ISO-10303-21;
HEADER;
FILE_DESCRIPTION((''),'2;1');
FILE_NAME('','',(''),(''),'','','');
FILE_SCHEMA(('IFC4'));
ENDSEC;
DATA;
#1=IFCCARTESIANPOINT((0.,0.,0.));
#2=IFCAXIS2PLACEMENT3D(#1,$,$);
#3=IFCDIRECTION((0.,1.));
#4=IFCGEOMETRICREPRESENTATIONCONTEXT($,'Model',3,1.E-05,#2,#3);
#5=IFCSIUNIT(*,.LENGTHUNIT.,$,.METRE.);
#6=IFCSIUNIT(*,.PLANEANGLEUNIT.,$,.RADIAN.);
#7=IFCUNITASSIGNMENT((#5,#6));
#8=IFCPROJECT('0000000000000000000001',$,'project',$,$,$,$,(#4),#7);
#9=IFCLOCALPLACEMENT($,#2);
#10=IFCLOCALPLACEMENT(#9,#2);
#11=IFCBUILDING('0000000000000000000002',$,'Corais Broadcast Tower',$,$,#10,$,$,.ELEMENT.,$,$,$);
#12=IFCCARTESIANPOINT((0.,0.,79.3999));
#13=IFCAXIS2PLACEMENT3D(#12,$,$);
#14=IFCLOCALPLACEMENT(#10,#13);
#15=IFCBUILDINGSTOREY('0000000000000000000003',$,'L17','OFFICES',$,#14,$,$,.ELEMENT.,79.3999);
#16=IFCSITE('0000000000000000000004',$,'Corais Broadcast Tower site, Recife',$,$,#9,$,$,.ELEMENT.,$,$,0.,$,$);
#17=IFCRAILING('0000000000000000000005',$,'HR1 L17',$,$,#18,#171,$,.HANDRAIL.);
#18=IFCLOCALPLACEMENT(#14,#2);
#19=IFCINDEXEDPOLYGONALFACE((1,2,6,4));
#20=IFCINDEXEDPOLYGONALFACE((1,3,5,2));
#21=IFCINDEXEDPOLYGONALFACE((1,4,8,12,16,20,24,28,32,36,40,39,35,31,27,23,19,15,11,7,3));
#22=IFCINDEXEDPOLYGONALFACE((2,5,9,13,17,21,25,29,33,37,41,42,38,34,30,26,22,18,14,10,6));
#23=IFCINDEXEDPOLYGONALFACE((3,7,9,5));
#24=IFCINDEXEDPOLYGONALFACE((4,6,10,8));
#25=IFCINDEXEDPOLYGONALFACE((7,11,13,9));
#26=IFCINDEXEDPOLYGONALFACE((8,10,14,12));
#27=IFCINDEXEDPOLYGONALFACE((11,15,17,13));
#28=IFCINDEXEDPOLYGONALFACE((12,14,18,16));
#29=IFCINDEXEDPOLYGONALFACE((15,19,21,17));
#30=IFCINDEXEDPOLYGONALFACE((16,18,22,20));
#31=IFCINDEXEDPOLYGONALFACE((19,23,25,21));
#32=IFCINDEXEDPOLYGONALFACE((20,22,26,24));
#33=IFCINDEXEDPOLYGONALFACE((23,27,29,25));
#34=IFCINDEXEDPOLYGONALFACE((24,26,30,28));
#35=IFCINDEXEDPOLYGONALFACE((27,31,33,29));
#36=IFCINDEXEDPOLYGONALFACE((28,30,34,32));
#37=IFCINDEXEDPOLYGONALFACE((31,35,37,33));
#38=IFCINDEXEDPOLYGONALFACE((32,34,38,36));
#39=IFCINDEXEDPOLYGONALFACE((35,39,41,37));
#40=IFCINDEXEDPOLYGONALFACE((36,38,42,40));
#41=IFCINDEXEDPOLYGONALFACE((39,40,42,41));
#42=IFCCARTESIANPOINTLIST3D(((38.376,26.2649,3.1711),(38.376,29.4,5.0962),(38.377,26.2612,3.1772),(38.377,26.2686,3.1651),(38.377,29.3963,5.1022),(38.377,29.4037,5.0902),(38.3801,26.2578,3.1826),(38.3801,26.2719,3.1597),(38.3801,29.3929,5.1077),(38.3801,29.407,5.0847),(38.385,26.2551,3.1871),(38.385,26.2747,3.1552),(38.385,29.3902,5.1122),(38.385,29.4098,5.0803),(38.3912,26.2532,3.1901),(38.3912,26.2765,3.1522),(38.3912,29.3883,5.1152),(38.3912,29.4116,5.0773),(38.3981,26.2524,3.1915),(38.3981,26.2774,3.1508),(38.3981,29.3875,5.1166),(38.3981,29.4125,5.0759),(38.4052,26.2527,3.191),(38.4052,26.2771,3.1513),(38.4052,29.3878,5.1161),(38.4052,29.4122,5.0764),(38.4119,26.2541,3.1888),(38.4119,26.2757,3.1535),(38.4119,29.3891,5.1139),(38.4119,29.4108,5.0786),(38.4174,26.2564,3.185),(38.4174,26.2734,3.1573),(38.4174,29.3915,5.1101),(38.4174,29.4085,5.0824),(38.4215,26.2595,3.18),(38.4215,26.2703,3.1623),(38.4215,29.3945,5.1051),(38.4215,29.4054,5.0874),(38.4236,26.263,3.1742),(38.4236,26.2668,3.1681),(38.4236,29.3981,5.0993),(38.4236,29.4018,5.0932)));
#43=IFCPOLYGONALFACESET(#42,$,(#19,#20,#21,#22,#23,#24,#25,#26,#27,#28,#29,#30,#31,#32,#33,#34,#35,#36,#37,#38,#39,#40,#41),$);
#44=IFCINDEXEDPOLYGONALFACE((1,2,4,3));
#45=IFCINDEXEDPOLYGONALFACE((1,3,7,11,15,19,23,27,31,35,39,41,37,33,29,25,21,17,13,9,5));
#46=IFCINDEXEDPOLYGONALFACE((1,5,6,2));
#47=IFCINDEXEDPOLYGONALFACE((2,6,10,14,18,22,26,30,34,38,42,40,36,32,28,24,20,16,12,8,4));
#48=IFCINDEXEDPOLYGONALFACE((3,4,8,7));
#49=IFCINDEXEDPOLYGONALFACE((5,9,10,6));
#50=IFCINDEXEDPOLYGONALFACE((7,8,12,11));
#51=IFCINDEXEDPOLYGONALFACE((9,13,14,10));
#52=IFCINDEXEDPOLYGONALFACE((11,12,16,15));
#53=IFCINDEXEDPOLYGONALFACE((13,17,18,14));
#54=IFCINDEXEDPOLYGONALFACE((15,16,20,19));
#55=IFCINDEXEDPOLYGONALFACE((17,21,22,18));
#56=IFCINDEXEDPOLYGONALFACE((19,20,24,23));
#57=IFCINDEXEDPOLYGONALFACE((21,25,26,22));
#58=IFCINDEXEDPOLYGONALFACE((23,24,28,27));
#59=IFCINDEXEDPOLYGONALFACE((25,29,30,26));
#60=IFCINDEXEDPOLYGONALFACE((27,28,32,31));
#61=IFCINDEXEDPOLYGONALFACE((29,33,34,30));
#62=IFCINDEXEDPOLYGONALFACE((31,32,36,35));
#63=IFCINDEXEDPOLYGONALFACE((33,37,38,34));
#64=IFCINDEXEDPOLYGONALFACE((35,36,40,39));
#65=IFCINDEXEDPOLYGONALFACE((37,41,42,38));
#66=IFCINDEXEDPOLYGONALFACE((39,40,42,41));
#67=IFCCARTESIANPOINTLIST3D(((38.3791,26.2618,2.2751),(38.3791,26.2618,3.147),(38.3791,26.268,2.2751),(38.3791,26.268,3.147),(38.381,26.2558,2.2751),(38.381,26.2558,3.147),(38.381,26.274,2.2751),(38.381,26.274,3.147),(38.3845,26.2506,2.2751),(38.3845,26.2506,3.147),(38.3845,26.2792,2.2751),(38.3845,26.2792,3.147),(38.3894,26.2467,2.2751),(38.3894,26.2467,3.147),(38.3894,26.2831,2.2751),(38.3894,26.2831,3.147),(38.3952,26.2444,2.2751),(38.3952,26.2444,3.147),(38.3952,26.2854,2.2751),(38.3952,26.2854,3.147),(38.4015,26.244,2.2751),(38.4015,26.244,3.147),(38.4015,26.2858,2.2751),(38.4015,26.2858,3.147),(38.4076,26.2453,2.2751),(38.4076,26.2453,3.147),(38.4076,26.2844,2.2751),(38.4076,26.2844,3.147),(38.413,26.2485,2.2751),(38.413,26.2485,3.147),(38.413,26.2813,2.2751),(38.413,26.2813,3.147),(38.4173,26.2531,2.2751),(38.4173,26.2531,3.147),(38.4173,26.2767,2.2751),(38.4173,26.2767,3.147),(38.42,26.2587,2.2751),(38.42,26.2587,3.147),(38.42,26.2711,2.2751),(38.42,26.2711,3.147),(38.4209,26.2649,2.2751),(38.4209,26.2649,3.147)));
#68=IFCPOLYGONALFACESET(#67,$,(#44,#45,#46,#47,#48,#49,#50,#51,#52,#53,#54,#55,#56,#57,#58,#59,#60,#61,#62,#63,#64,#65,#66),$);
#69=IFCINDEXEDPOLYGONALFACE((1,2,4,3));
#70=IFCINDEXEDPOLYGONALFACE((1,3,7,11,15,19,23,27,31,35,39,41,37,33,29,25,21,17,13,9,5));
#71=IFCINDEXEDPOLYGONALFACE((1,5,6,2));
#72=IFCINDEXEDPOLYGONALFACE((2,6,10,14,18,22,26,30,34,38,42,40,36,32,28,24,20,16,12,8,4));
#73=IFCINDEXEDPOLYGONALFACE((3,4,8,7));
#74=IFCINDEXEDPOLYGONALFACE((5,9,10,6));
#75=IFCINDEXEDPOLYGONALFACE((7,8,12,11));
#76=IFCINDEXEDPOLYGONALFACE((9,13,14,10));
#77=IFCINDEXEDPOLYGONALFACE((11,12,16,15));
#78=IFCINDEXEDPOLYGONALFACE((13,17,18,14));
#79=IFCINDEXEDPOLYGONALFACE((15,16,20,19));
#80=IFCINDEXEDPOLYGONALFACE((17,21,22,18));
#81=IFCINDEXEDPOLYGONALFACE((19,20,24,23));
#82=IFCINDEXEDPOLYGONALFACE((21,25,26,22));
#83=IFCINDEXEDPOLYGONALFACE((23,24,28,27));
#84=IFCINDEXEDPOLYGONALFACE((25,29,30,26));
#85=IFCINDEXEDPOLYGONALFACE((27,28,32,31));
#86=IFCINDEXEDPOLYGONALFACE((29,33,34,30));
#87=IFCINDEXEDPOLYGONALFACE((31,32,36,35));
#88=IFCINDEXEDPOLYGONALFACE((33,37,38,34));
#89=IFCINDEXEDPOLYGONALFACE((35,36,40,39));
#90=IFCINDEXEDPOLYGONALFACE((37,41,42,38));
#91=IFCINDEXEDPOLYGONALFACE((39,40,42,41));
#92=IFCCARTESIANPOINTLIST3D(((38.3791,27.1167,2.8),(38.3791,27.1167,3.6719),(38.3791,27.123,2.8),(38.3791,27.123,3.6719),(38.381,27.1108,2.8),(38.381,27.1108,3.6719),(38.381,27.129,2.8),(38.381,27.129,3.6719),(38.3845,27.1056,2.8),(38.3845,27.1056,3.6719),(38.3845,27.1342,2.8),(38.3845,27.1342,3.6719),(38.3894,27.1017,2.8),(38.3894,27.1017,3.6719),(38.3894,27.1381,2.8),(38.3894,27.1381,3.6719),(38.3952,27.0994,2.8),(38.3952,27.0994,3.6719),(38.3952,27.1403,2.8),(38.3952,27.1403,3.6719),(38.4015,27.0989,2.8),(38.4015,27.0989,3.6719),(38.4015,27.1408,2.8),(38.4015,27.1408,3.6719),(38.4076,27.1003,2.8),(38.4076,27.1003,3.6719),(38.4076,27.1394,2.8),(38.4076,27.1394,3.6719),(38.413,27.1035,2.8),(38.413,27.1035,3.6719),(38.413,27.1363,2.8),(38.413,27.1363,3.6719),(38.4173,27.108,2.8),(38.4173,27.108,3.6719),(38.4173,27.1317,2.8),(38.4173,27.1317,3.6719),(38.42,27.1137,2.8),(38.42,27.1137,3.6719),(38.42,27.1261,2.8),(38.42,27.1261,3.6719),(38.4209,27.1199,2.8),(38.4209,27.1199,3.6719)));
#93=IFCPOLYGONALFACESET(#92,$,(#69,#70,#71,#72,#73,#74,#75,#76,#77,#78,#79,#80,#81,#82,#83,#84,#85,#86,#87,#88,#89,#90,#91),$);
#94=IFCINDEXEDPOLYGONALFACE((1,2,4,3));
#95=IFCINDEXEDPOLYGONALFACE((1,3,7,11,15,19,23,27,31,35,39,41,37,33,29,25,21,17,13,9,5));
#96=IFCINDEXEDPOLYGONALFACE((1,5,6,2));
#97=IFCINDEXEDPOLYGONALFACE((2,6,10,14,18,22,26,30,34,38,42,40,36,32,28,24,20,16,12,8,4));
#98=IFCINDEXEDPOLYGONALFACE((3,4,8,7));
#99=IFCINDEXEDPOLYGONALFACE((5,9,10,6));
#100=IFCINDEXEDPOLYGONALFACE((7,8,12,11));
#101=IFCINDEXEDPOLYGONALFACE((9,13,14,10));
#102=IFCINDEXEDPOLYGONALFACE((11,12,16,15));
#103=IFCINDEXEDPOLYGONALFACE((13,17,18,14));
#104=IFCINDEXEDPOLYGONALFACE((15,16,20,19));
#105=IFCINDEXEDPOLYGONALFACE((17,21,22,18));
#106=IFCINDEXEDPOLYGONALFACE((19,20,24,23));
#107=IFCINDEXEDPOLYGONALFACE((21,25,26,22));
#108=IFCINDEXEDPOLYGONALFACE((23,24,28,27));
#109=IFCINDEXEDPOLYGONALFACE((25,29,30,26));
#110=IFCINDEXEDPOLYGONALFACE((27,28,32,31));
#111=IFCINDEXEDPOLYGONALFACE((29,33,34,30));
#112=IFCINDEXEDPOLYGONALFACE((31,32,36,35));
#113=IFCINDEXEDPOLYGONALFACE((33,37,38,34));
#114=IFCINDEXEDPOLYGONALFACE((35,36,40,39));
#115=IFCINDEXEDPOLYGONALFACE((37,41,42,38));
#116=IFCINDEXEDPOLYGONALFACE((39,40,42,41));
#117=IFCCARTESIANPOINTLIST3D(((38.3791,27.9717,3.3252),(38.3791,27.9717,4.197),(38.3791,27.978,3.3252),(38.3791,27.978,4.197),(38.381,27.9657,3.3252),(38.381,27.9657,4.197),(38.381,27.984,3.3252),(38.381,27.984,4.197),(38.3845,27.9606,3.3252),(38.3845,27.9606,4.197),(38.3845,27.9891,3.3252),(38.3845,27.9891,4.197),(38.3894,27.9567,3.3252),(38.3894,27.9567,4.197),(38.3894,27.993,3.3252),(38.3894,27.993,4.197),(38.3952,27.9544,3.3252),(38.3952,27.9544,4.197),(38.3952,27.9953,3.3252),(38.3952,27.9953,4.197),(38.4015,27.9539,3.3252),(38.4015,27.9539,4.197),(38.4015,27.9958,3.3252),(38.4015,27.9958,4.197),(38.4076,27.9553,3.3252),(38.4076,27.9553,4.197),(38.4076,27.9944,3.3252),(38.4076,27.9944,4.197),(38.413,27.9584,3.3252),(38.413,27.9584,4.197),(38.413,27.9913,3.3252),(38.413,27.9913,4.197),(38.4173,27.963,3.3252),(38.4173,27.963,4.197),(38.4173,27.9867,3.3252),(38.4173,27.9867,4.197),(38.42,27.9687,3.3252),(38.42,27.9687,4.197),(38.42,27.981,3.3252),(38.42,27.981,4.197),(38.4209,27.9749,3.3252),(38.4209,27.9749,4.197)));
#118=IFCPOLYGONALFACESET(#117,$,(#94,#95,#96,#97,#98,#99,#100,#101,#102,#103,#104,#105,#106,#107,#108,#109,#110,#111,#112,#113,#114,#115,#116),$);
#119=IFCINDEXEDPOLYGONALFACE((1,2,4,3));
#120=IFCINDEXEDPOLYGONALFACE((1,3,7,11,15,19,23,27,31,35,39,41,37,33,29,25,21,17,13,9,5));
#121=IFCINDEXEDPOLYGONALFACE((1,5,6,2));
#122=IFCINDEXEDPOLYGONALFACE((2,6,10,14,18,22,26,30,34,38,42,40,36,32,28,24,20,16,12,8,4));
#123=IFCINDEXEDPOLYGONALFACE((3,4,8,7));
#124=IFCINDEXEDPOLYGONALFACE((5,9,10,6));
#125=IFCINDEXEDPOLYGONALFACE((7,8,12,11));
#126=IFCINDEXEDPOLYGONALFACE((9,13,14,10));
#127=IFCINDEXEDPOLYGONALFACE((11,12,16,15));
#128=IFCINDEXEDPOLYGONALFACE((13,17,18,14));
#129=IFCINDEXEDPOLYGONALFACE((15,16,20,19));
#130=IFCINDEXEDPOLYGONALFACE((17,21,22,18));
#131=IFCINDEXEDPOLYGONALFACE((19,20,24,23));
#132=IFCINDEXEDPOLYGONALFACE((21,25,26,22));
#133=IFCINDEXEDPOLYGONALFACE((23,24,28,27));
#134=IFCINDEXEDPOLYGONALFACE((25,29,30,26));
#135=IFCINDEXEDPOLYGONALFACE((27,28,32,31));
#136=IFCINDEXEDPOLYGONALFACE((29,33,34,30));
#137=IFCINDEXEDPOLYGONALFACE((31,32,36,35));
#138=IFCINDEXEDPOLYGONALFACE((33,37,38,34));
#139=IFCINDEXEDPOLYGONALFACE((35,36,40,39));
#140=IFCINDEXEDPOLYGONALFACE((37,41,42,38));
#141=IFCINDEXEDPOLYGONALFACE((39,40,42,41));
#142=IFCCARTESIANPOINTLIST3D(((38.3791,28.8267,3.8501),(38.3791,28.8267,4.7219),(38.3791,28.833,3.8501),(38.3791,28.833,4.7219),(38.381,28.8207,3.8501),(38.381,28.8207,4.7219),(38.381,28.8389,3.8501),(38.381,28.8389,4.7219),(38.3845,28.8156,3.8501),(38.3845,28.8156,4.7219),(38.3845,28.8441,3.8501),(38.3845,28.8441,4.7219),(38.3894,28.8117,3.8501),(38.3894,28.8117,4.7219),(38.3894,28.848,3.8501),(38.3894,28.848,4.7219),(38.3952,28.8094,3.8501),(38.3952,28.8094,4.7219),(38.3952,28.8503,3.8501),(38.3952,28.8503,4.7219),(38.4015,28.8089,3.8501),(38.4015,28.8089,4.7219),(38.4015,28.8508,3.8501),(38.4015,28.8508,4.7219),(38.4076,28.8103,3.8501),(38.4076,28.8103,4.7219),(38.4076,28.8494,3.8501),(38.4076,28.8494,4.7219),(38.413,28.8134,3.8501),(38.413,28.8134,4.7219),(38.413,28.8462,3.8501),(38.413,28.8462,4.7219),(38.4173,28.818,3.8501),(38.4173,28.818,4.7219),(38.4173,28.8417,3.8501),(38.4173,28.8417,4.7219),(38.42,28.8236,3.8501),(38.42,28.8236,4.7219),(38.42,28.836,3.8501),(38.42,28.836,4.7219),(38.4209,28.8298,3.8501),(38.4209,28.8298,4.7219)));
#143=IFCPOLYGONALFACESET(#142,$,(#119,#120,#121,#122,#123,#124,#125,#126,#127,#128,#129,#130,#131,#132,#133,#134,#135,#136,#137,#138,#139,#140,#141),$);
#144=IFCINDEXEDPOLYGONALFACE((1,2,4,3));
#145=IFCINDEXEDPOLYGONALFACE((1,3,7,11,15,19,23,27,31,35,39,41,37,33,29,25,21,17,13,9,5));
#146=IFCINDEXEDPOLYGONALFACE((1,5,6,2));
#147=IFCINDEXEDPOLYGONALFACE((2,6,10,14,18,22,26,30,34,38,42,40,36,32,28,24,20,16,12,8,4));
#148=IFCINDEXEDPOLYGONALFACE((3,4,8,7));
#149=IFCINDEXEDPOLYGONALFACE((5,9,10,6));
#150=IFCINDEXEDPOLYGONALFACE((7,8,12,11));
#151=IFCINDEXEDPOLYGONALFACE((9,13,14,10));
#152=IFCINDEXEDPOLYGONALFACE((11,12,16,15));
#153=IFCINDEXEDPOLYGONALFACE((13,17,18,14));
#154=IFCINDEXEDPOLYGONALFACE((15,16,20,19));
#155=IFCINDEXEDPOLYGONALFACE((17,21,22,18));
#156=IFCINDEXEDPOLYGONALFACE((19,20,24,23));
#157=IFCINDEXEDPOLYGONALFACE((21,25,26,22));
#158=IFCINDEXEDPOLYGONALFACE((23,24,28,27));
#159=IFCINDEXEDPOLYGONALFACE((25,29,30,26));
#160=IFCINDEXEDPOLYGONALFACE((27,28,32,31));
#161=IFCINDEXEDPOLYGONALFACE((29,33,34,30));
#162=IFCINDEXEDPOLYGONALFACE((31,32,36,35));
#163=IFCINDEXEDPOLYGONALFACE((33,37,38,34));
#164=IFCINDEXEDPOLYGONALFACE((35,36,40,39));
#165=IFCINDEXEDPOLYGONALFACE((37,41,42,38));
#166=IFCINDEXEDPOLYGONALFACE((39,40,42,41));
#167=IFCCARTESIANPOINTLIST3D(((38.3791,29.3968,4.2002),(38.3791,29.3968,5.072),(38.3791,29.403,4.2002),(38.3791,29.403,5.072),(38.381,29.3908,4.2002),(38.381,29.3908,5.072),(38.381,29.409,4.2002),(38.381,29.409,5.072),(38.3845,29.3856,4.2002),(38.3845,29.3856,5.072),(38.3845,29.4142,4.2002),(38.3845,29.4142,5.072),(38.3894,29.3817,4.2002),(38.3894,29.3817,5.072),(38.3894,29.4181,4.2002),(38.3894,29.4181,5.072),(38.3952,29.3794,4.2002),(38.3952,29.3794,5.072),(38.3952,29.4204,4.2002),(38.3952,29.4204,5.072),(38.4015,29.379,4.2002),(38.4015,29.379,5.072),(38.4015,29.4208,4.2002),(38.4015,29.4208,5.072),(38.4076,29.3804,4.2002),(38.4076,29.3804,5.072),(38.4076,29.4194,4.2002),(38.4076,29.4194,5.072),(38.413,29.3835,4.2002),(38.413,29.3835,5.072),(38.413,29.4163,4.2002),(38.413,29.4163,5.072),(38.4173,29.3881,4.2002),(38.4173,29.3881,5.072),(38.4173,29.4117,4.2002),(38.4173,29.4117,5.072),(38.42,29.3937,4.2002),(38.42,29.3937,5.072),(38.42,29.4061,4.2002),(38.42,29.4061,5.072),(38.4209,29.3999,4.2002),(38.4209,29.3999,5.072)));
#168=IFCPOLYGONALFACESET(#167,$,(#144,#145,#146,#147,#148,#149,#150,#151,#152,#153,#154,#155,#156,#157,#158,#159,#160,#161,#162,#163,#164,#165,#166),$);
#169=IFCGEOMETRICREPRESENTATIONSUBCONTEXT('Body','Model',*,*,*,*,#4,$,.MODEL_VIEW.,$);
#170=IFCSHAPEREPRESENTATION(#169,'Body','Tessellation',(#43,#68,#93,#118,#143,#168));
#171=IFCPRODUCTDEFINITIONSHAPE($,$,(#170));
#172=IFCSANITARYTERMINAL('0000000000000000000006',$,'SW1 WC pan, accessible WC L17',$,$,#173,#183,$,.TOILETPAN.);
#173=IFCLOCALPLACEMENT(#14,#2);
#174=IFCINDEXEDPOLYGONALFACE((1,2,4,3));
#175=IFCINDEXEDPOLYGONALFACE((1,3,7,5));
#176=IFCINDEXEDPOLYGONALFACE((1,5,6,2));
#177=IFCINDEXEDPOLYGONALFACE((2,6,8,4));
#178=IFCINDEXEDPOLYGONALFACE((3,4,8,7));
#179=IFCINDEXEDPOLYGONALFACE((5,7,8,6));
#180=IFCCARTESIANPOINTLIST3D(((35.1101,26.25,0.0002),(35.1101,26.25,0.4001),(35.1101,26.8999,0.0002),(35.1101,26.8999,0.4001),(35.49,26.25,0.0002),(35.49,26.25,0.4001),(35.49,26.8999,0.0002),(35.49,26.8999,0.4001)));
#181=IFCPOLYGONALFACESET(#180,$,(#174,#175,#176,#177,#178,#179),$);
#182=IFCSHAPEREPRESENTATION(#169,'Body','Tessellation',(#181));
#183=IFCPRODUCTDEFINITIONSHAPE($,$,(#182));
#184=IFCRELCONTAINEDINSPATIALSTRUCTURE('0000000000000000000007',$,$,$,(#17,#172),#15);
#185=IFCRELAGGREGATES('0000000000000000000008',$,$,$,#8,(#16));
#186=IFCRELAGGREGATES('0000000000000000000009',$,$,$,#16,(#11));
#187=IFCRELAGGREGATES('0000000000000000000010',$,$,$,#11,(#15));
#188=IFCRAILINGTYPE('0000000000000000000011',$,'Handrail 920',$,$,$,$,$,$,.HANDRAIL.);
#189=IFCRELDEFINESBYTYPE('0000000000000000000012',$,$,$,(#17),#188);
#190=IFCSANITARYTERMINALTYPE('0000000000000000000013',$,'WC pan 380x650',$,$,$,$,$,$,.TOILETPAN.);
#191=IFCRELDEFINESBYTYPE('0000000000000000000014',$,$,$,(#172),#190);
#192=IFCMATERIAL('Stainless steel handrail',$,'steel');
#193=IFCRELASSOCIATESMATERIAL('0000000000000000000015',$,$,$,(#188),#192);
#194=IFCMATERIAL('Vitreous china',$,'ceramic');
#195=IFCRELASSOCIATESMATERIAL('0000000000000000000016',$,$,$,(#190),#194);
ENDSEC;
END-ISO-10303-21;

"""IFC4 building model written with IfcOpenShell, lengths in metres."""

from ifc_helpers import new_model, si_unit, direction, frame, origin, origin_2d, place, context, subcontext, project, spatial, rectangle, circle, extrude, material, type_object, element, save


model = new_model("IFC4")

# Units and contexts
model_context = context("Model", 3, precision=1e-05, world=origin(), true_north=direction((0.0, 1.0)))
body_context = subcontext(model_context, "Body", "Model", "MODEL_VIEW")
ifc_project = project(units=[si_unit("LENGTHUNIT", "METRE"), si_unit("PLANEANGLEUNIT", "RADIAN")], contexts=[model_context])

# Site, building, storey
site_placement = place(None, origin())
site = spatial("IfcSite", under=ifc_project, at=site_placement, Name="Corais Broadcast Tower site, Recife", CompositionType="ELEMENT", RefElevation=0.0)
building_placement = place(site_placement, origin())
building = spatial("IfcBuilding", under=site, at=building_placement, Name="Corais Broadcast Tower", CompositionType="ELEMENT")
storey_placement = place(building_placement, frame((0.0, 0.0, 79.3999)))
storey = spatial("IfcBuildingStorey", under=building, at=storey_placement, Name="L17", Description="OFFICES", CompositionType="ELEMENT", Elevation=79.3999)

# Railing
ifc_material_1 = material(Name="Stainless steel handrail", Category="steel")
railing_type = type_object("IfcRailingType", Name="Handrail 920", PredefinedType="HANDRAIL", material=ifc_material_1)
for number, where, name in (
    (1, (38.3999, 26.2649, 2.2751), "HR1 L17"),
):
    element("IfcRailing", number, at=place(storey_placement, frame(where)), inside=storey, type_object=railing_type, Name=name, PredefinedType="HANDRAIL", context=body_context, shape_type="SweptSolid", body=[
        extrude(circle(Radius=0.0239, at=origin_2d()), frame((0.0, 0.0, 0.896), z_axis=(0.0, 0.852166, 0.523271), x_axis=(-1.0, 0.0, 0.0)), (0.0, 0.0, 1.0), 3.679),
        extrude(circle(Radius=0.021, at=origin_2d()), origin(), (0.0, 0.0, 1.0), 0.8718),
        extrude(circle(Radius=0.021, at=origin_2d()), frame((0.0, 0.855, 0.5249)), (0.0, 0.0, 1.0), 0.8718),
        extrude(circle(Radius=0.021, at=origin_2d()), frame((0.0, 1.71, 1.05)), (0.0, 0.0, 1.0), 0.8718),
        extrude(circle(Radius=0.021, at=origin_2d()), frame((0.0, 2.5649, 1.575)), (0.0, 0.0, 1.0), 0.8718),
        extrude(circle(Radius=0.021, at=origin_2d()), frame((0.0, 3.135, 1.925)), (0.0, 0.0, 1.0), 0.8718),
    ])

# Sanitary terminal
ifc_material_2 = material(Name="Vitreous china", Category="ceramic")
sanitary_terminal_type = type_object("IfcSanitaryTerminalType", Name="WC pan 380x650", PredefinedType="TOILETPAN", material=ifc_material_2)
sanitary_terminal_placement = place(storey_placement, frame((35.3, 26.575, 0.0002), z_axis=(0.0, 0.0, 1.0), x_axis=(1.0, 0.0, 0.0)))
element("IfcSanitaryTerminal", 2, at=sanitary_terminal_placement, inside=storey, type_object=sanitary_terminal_type, Name="SW1 WC pan, accessible WC L17", PredefinedType="TOILETPAN", context=body_context, shape_type="SweptSolid", body=[
    extrude(rectangle(XDim=0.3799, YDim=0.6499, at=origin_2d()), origin(), (0.0, 0.0, 1.0), 0.3999),
])

save(model, "model.ifc")
